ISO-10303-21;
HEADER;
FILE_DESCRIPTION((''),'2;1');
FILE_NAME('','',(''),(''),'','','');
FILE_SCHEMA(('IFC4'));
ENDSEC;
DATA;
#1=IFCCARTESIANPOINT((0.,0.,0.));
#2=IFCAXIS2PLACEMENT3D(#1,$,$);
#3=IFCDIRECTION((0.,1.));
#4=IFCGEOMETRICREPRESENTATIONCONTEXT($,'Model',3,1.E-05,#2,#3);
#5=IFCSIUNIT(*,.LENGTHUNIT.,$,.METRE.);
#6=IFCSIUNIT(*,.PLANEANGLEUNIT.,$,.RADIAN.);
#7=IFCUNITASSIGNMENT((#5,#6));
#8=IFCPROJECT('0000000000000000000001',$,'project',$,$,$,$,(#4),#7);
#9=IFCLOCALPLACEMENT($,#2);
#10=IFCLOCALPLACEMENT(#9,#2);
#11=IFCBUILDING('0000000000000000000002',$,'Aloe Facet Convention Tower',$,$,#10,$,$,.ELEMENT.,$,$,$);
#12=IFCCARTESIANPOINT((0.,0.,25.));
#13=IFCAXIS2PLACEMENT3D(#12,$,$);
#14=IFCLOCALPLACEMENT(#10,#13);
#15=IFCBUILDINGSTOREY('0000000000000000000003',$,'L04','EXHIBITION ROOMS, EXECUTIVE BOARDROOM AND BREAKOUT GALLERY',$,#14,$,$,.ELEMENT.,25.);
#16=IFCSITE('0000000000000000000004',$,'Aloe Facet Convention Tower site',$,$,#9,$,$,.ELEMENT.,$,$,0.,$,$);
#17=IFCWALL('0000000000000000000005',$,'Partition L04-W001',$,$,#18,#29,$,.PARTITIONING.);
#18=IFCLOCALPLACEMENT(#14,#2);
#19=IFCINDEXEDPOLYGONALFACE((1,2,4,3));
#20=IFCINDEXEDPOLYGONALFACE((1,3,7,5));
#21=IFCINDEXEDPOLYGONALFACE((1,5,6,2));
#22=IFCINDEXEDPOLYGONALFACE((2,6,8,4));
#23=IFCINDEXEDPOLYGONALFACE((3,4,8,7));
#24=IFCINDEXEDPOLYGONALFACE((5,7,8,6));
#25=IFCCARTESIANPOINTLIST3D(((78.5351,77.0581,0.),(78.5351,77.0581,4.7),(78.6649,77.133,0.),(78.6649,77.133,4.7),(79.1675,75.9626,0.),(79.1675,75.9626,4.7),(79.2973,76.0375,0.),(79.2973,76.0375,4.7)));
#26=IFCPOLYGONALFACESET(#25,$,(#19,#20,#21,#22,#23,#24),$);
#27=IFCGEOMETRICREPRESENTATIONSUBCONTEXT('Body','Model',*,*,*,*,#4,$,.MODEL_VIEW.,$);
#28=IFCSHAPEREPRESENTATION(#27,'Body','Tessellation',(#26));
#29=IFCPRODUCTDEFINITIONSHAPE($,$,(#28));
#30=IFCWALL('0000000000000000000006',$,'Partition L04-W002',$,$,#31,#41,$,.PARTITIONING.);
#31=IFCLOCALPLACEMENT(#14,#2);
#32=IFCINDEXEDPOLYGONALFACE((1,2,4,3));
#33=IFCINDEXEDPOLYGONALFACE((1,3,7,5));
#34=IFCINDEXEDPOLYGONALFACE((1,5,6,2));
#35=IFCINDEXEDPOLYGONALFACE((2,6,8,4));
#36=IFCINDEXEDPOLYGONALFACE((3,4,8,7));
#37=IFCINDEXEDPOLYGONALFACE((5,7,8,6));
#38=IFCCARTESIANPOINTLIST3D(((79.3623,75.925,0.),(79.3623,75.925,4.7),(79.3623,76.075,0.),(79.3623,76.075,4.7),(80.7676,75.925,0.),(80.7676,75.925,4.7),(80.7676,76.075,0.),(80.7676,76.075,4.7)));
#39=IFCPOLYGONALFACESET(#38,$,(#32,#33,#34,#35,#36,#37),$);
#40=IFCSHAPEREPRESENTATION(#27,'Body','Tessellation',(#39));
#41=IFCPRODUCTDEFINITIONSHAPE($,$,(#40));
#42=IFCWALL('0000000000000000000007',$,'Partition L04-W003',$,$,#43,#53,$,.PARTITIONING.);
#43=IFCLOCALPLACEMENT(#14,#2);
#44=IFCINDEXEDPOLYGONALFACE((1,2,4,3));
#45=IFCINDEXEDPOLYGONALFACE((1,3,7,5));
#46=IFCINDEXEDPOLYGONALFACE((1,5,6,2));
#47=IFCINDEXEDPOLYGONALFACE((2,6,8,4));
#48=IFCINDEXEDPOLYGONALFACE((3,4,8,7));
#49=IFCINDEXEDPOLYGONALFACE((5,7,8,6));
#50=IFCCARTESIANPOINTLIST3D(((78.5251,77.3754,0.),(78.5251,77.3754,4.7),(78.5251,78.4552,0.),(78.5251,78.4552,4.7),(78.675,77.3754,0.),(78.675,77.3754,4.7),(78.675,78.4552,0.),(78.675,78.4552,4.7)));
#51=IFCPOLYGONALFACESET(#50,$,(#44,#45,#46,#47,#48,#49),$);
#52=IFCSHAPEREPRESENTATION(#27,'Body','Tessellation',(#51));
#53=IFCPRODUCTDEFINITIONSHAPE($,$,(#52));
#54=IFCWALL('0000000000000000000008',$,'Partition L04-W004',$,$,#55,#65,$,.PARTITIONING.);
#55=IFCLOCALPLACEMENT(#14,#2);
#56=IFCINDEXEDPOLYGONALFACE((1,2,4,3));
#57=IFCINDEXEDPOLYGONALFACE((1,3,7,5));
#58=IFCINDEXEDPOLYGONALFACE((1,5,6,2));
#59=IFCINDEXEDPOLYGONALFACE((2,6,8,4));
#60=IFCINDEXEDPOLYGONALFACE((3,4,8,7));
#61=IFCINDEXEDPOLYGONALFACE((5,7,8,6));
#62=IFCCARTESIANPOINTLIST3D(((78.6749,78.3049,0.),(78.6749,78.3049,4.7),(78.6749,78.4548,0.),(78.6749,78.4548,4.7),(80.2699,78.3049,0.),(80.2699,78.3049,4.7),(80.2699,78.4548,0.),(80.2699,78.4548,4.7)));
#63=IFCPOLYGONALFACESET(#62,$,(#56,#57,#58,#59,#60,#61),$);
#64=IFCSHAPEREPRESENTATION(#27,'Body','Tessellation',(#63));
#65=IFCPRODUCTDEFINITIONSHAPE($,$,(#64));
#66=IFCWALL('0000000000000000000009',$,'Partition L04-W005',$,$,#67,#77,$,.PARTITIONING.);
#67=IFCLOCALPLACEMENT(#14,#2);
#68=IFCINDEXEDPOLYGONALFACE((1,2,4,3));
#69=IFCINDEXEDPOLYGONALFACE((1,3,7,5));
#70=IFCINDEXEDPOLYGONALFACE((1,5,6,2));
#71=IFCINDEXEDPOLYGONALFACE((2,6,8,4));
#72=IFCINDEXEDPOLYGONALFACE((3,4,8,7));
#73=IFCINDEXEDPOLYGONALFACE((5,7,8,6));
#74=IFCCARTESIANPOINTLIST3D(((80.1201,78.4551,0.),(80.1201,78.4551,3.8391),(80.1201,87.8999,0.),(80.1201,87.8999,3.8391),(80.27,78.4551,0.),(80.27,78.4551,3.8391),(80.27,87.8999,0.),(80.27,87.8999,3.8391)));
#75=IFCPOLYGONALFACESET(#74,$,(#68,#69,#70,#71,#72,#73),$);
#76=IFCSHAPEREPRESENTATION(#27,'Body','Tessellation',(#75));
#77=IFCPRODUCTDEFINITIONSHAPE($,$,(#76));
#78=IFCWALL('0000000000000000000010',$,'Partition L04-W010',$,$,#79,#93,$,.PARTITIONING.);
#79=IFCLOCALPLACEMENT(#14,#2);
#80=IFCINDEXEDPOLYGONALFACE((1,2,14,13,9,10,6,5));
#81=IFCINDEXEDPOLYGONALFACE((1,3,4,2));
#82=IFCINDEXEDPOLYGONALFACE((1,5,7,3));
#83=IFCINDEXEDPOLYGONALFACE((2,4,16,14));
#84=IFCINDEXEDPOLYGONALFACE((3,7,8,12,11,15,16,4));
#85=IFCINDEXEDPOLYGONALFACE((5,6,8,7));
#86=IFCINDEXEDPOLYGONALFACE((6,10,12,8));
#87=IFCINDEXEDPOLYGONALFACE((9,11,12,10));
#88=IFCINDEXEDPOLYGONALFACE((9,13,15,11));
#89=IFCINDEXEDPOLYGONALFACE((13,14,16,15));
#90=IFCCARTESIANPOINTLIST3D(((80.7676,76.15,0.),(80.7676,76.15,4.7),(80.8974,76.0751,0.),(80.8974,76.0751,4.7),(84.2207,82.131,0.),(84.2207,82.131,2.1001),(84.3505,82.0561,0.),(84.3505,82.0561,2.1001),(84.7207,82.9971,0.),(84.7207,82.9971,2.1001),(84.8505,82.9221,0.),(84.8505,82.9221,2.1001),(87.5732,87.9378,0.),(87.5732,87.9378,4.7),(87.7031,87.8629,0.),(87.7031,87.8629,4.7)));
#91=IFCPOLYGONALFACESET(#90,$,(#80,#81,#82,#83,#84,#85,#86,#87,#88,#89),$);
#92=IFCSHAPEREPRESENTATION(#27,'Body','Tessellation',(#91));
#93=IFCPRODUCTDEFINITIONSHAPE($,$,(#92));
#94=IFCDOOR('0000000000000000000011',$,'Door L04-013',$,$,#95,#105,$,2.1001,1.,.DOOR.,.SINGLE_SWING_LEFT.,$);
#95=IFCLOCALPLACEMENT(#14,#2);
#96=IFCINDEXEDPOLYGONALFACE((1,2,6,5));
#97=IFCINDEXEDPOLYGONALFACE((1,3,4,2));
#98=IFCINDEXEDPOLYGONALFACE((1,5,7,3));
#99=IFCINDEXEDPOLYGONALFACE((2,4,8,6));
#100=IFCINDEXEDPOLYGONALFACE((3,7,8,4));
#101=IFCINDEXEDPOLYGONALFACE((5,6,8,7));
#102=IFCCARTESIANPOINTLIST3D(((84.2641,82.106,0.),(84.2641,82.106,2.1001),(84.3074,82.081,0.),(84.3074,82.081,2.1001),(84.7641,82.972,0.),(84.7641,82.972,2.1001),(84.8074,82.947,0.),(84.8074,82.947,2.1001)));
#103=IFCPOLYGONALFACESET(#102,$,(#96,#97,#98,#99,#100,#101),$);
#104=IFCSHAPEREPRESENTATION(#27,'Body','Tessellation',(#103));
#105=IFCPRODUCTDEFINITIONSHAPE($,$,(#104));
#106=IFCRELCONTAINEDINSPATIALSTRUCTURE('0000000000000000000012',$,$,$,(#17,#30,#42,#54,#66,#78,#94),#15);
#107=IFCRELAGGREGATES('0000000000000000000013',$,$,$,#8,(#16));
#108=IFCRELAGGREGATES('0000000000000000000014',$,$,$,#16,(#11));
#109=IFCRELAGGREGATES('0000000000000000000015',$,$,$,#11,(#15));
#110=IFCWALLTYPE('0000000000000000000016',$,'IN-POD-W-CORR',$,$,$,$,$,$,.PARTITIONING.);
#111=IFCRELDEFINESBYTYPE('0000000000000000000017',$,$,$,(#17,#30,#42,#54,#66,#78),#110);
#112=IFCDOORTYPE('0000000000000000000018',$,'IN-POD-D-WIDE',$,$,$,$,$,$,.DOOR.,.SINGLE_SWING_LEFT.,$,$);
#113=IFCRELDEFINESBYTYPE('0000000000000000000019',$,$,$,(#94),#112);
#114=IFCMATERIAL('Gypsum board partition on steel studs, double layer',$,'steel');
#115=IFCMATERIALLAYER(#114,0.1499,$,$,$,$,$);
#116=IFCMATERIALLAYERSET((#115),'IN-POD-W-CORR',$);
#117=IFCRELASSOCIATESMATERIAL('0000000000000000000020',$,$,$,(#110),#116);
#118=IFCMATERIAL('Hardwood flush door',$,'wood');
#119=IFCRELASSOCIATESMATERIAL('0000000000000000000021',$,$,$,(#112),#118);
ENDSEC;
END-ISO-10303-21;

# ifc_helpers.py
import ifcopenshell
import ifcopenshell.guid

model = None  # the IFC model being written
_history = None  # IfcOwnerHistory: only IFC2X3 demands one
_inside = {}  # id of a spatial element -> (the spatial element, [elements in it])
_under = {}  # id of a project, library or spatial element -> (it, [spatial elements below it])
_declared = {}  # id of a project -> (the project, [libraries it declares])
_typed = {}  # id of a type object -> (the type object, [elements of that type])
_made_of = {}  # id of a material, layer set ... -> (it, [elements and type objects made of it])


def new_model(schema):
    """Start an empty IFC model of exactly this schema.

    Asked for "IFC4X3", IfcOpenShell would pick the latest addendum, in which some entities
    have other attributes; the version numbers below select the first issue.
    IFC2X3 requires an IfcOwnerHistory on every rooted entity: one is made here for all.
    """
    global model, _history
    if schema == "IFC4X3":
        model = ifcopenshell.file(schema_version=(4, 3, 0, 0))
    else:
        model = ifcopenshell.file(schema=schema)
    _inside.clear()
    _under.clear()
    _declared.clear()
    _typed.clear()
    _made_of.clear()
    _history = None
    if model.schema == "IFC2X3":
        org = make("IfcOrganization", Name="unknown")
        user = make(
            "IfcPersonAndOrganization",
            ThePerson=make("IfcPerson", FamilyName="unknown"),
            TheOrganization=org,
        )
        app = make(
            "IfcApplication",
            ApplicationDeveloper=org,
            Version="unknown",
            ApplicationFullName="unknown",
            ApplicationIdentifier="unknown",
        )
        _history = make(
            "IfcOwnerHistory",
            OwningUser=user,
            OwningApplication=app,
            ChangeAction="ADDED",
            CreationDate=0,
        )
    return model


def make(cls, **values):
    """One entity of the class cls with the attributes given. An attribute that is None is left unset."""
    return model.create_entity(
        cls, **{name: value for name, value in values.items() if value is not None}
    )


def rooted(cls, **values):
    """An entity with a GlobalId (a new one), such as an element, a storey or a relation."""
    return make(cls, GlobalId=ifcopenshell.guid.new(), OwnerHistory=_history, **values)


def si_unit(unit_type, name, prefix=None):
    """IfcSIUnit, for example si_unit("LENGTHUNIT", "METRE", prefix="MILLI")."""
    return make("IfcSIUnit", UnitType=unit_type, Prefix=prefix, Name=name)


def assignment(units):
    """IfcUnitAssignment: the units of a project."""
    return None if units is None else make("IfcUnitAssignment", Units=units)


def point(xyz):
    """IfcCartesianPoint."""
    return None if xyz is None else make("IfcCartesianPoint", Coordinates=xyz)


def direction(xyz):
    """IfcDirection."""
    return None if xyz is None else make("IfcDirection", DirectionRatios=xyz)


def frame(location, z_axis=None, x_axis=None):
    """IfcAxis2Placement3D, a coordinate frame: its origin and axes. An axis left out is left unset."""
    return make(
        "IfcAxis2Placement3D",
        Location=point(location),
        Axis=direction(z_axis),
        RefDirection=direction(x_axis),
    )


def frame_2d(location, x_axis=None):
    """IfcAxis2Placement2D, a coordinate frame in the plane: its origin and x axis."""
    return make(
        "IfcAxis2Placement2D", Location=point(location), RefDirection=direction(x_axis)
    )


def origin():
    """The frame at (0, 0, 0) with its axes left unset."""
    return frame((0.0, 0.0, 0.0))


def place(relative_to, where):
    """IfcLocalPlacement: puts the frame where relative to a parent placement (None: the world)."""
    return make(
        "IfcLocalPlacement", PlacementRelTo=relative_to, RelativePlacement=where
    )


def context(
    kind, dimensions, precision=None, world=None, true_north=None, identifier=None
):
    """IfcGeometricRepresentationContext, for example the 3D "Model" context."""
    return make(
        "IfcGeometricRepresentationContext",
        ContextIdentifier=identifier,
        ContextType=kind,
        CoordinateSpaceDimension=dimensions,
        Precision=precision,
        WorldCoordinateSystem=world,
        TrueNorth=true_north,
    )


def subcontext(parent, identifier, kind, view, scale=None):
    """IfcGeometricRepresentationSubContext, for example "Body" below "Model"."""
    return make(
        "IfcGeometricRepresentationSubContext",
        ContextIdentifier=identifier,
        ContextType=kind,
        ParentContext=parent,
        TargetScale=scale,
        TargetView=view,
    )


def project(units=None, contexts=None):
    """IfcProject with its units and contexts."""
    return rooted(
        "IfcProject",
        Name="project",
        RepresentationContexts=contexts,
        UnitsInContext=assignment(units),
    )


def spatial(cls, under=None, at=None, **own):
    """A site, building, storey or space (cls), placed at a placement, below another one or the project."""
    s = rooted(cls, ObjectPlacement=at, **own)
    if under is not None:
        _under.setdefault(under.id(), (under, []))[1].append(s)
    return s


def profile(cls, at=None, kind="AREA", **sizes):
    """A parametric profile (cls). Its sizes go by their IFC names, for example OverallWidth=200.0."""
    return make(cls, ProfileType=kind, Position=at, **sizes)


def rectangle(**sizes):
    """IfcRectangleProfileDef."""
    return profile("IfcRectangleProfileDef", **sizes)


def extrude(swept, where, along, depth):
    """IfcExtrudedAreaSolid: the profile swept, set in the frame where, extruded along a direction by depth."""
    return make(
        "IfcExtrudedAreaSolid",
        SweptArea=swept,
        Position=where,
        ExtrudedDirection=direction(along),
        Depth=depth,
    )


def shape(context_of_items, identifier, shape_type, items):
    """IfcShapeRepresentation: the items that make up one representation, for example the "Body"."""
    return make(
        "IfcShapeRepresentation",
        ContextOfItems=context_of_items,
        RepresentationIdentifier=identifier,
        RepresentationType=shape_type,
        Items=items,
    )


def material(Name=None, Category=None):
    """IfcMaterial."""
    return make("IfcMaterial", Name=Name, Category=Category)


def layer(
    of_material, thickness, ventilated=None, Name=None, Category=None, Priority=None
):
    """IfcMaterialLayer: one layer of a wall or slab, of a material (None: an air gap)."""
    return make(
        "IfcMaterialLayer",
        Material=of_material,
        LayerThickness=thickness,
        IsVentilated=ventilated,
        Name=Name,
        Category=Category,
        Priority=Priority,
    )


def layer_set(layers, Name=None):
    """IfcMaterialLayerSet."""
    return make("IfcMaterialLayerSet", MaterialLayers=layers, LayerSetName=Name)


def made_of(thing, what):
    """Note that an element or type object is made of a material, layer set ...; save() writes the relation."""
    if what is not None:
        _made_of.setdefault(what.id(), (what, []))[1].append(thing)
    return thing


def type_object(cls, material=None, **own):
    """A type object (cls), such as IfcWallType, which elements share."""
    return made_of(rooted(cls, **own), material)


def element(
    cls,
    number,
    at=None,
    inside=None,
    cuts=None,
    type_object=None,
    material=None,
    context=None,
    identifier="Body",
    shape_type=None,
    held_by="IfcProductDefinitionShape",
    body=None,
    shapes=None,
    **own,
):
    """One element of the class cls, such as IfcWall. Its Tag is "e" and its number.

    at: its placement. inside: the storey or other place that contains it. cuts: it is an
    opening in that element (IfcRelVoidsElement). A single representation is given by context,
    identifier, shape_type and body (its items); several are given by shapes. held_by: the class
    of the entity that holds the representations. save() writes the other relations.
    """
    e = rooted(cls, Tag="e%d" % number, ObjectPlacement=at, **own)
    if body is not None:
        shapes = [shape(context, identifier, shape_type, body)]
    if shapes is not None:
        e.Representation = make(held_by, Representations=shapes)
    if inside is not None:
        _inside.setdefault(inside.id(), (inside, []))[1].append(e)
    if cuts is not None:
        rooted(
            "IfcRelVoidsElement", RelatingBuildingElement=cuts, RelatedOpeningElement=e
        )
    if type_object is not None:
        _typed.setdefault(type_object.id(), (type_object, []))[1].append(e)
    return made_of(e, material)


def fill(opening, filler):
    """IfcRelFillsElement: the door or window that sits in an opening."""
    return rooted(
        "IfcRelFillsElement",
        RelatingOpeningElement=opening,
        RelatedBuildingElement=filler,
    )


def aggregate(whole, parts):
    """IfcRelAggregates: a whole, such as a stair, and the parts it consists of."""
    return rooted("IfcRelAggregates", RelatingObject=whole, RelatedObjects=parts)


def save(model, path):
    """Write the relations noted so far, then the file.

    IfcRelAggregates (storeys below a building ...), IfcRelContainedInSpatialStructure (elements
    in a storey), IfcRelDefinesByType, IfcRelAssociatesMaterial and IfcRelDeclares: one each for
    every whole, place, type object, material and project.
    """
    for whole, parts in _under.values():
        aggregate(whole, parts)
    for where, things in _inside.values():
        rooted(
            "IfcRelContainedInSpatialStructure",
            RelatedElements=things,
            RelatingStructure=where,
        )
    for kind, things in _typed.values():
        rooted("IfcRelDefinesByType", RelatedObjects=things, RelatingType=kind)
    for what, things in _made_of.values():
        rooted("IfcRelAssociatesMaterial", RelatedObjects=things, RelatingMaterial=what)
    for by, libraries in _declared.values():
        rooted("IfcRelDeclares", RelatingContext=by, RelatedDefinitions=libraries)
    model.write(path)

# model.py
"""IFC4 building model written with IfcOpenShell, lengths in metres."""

from ifc_helpers import new_model, si_unit, direction, frame, frame_2d, origin, place, context, subcontext, project, spatial, rectangle, extrude, material, layer, layer_set, type_object, element, fill, save


model = new_model("IFC4")

# Units and contexts
model_context = context("Model", 3, precision=1e-05, world=origin(), true_north=direction((0.0, 1.0)))
body_context = subcontext(model_context, "Body", "Model", "MODEL_VIEW")
ifc_project = project(units=[si_unit("LENGTHUNIT", "METRE"), si_unit("PLANEANGLEUNIT", "RADIAN")], contexts=[model_context])

# Site, building, storey
site_placement = place(None, origin())
site = spatial("IfcSite", under=ifc_project, at=site_placement, Name="Aloe Facet Convention Tower site", CompositionType="ELEMENT", RefElevation=0.0)
building_placement = place(site_placement, origin())
building = spatial("IfcBuilding", under=site, at=building_placement, Name="Aloe Facet Convention Tower", CompositionType="ELEMENT")
storey_placement = place(building_placement, frame((0.0, 0.0, 25.0)))
storey = spatial("IfcBuildingStorey", under=building, at=storey_placement, Name="L04", Description="EXHIBITION ROOMS, EXECUTIVE BOARDROOM AND BREAKOUT GALLERY", CompositionType="ELEMENT", Elevation=25.0)

# Walls
ifc_material_1 = material(Name="Gypsum board partition on steel studs, double layer", Category="steel")
ifc_layer_1 = layer(ifc_material_1, 0.1499)
ifc_layer_set_1 = layer_set([ifc_layer_1], Name="IN-POD-W-CORR")
wall_type_1 = type_object("IfcWallType", Name="IN-POD-W-CORR", PredefinedType="PARTITIONING", material=ifc_layer_set_1)
wall_1_placement = place(storey_placement, frame((78.6001, 77.0955, 0.0), z_axis=(0.0, 0.0, 1.0), x_axis=(0.499917, -0.866073, 0.0)))
element("IfcWall", 1, at=wall_1_placement, inside=storey, type_object=wall_type_1, Name="Partition L04-W001", PredefinedType="PARTITIONING", context=body_context, shape_type="SweptSolid", body=[
    extrude(rectangle(XDim=1.2649, YDim=0.1499, at=frame_2d((0.6323, 0.0))), origin(), (0.0, 0.0, 1.0), 4.7),
])
wall_2_placement = place(storey_placement, frame((79.3623, 76.0, 0.0), z_axis=(0.0, 0.0, 1.0), x_axis=(1.0, 0.0, 0.0)))
element("IfcWall", 2, at=wall_2_placement, inside=storey, type_object=wall_type_1, Name="Partition L04-W002", PredefinedType="PARTITIONING", context=body_context, shape_type="SweptSolid", body=[
    extrude(rectangle(XDim=1.4053, YDim=0.1499, at=frame_2d((0.7026, 0.0))), origin(), (0.0, 0.0, 1.0), 4.7),
])
wall_3_placement = place(storey_placement, frame((78.6001, 77.3752, 0.0), z_axis=(0.0, 0.0, 1.0), x_axis=(0.0, 1.0, 0.0)))
element("IfcWall", 3, at=wall_3_placement, inside=storey, type_object=wall_type_1, Name="Partition L04-W003", PredefinedType="PARTITIONING", context=body_context, shape_type="SweptSolid", body=[
    extrude(rectangle(XDim=1.0798, YDim=0.1499, at=frame_2d((0.54, 0.0))), origin(), (0.0, 0.0, 1.0), 4.7),
])
wall_4_placement = place(storey_placement, frame((78.675, 78.3799, 0.0), z_axis=(0.0, 0.0, 1.0), x_axis=(1.0, 0.0, 0.0)))
element("IfcWall", 4, at=wall_4_placement, inside=storey, type_object=wall_type_1, Name="Partition L04-W004", PredefinedType="PARTITIONING", context=body_context, shape_type="SweptSolid", body=[
    extrude(rectangle(XDim=1.595, YDim=0.1499, at=frame_2d((0.7974, 0.0))), origin(), (0.0, 0.0, 1.0), 4.7),
])
wall_5_placement = place(storey_placement, frame((80.1951, 78.4551, 0.0), z_axis=(0.0, 0.0, 1.0), x_axis=(0.0, 1.0, 0.0)))
element("IfcWall", 5, at=wall_5_placement, inside=storey, type_object=wall_type_1, Name="Partition L04-W005", PredefinedType="PARTITIONING", context=body_context, shape_type="SweptSolid", body=[
    extrude(rectangle(XDim=9.4448, YDim=0.1499, at=frame_2d((4.7224, 0.0))), origin(), (0.0, 0.0, 1.0), 3.8391),
])

# Wall, opening, door
wall_6_placement = place(storey_placement, frame((80.8325, 76.1125, 0.0), z_axis=(0.0, 0.0, 1.0), x_axis=(0.499997, 0.866027, 0.0)))
wall_6 = element("IfcWall", 6, at=wall_6_placement, inside=storey, type_object=wall_type_1, Name="Partition L04-W010", PredefinedType="PARTITIONING", context=body_context, shape_type="SweptSolid", body=[
    extrude(rectangle(XDim=13.6113, YDim=0.1499, at=frame_2d((6.8057, 0.0))), origin(), (0.0, 0.0, 1.0), 4.7),
])
opening_1_placement = place(wall_6_placement, frame((6.9062, 0.0, 0.0)))
opening_1 = element("IfcOpeningElement", 7, at=opening_1_placement, cuts=wall_6, PredefinedType="OPENING", context=body_context, shape_type="SweptSolid", body=[
    extrude(rectangle(XDim=1.0, YDim=2.1001, at=frame_2d((0.5, 1.05))), frame((0.0, 0.085, 0.0), z_axis=(0.0, -1.0, 0.0), x_axis=(1.0, 0.0, 0.0)), (0.0, 0.0, 1.0), 0.1699),
])
ifc_material_2 = material(Name="Hardwood flush door", Category="wood")
door_type_1 = type_object("IfcDoorType", Name="IN-POD-D-WIDE", OperationType="SINGLE_SWING_LEFT", PredefinedType="DOOR", material=ifc_material_2)
door_1_placement = place(opening_1_placement, origin())
door_1 = element("IfcDoor", 8, at=door_1_placement, inside=storey, type_object=door_type_1, Name="Door L04-013", OperationType="SINGLE_SWING_LEFT", OverallHeight=2.1001, OverallWidth=1.0, PredefinedType="DOOR", context=body_context, shape_type="SweptSolid", body=[
    extrude(rectangle(XDim=1.0, YDim=2.1001, at=frame_2d((0.5, 1.05))), frame((0.0, 0.0249, 0.0), z_axis=(0.0, -1.0, 0.0), x_axis=(1.0, 0.0, 0.0)), (0.0, 0.0, 1.0), 0.05),
])
fill(opening_1, door_1)

save(model, "model.ifc")
